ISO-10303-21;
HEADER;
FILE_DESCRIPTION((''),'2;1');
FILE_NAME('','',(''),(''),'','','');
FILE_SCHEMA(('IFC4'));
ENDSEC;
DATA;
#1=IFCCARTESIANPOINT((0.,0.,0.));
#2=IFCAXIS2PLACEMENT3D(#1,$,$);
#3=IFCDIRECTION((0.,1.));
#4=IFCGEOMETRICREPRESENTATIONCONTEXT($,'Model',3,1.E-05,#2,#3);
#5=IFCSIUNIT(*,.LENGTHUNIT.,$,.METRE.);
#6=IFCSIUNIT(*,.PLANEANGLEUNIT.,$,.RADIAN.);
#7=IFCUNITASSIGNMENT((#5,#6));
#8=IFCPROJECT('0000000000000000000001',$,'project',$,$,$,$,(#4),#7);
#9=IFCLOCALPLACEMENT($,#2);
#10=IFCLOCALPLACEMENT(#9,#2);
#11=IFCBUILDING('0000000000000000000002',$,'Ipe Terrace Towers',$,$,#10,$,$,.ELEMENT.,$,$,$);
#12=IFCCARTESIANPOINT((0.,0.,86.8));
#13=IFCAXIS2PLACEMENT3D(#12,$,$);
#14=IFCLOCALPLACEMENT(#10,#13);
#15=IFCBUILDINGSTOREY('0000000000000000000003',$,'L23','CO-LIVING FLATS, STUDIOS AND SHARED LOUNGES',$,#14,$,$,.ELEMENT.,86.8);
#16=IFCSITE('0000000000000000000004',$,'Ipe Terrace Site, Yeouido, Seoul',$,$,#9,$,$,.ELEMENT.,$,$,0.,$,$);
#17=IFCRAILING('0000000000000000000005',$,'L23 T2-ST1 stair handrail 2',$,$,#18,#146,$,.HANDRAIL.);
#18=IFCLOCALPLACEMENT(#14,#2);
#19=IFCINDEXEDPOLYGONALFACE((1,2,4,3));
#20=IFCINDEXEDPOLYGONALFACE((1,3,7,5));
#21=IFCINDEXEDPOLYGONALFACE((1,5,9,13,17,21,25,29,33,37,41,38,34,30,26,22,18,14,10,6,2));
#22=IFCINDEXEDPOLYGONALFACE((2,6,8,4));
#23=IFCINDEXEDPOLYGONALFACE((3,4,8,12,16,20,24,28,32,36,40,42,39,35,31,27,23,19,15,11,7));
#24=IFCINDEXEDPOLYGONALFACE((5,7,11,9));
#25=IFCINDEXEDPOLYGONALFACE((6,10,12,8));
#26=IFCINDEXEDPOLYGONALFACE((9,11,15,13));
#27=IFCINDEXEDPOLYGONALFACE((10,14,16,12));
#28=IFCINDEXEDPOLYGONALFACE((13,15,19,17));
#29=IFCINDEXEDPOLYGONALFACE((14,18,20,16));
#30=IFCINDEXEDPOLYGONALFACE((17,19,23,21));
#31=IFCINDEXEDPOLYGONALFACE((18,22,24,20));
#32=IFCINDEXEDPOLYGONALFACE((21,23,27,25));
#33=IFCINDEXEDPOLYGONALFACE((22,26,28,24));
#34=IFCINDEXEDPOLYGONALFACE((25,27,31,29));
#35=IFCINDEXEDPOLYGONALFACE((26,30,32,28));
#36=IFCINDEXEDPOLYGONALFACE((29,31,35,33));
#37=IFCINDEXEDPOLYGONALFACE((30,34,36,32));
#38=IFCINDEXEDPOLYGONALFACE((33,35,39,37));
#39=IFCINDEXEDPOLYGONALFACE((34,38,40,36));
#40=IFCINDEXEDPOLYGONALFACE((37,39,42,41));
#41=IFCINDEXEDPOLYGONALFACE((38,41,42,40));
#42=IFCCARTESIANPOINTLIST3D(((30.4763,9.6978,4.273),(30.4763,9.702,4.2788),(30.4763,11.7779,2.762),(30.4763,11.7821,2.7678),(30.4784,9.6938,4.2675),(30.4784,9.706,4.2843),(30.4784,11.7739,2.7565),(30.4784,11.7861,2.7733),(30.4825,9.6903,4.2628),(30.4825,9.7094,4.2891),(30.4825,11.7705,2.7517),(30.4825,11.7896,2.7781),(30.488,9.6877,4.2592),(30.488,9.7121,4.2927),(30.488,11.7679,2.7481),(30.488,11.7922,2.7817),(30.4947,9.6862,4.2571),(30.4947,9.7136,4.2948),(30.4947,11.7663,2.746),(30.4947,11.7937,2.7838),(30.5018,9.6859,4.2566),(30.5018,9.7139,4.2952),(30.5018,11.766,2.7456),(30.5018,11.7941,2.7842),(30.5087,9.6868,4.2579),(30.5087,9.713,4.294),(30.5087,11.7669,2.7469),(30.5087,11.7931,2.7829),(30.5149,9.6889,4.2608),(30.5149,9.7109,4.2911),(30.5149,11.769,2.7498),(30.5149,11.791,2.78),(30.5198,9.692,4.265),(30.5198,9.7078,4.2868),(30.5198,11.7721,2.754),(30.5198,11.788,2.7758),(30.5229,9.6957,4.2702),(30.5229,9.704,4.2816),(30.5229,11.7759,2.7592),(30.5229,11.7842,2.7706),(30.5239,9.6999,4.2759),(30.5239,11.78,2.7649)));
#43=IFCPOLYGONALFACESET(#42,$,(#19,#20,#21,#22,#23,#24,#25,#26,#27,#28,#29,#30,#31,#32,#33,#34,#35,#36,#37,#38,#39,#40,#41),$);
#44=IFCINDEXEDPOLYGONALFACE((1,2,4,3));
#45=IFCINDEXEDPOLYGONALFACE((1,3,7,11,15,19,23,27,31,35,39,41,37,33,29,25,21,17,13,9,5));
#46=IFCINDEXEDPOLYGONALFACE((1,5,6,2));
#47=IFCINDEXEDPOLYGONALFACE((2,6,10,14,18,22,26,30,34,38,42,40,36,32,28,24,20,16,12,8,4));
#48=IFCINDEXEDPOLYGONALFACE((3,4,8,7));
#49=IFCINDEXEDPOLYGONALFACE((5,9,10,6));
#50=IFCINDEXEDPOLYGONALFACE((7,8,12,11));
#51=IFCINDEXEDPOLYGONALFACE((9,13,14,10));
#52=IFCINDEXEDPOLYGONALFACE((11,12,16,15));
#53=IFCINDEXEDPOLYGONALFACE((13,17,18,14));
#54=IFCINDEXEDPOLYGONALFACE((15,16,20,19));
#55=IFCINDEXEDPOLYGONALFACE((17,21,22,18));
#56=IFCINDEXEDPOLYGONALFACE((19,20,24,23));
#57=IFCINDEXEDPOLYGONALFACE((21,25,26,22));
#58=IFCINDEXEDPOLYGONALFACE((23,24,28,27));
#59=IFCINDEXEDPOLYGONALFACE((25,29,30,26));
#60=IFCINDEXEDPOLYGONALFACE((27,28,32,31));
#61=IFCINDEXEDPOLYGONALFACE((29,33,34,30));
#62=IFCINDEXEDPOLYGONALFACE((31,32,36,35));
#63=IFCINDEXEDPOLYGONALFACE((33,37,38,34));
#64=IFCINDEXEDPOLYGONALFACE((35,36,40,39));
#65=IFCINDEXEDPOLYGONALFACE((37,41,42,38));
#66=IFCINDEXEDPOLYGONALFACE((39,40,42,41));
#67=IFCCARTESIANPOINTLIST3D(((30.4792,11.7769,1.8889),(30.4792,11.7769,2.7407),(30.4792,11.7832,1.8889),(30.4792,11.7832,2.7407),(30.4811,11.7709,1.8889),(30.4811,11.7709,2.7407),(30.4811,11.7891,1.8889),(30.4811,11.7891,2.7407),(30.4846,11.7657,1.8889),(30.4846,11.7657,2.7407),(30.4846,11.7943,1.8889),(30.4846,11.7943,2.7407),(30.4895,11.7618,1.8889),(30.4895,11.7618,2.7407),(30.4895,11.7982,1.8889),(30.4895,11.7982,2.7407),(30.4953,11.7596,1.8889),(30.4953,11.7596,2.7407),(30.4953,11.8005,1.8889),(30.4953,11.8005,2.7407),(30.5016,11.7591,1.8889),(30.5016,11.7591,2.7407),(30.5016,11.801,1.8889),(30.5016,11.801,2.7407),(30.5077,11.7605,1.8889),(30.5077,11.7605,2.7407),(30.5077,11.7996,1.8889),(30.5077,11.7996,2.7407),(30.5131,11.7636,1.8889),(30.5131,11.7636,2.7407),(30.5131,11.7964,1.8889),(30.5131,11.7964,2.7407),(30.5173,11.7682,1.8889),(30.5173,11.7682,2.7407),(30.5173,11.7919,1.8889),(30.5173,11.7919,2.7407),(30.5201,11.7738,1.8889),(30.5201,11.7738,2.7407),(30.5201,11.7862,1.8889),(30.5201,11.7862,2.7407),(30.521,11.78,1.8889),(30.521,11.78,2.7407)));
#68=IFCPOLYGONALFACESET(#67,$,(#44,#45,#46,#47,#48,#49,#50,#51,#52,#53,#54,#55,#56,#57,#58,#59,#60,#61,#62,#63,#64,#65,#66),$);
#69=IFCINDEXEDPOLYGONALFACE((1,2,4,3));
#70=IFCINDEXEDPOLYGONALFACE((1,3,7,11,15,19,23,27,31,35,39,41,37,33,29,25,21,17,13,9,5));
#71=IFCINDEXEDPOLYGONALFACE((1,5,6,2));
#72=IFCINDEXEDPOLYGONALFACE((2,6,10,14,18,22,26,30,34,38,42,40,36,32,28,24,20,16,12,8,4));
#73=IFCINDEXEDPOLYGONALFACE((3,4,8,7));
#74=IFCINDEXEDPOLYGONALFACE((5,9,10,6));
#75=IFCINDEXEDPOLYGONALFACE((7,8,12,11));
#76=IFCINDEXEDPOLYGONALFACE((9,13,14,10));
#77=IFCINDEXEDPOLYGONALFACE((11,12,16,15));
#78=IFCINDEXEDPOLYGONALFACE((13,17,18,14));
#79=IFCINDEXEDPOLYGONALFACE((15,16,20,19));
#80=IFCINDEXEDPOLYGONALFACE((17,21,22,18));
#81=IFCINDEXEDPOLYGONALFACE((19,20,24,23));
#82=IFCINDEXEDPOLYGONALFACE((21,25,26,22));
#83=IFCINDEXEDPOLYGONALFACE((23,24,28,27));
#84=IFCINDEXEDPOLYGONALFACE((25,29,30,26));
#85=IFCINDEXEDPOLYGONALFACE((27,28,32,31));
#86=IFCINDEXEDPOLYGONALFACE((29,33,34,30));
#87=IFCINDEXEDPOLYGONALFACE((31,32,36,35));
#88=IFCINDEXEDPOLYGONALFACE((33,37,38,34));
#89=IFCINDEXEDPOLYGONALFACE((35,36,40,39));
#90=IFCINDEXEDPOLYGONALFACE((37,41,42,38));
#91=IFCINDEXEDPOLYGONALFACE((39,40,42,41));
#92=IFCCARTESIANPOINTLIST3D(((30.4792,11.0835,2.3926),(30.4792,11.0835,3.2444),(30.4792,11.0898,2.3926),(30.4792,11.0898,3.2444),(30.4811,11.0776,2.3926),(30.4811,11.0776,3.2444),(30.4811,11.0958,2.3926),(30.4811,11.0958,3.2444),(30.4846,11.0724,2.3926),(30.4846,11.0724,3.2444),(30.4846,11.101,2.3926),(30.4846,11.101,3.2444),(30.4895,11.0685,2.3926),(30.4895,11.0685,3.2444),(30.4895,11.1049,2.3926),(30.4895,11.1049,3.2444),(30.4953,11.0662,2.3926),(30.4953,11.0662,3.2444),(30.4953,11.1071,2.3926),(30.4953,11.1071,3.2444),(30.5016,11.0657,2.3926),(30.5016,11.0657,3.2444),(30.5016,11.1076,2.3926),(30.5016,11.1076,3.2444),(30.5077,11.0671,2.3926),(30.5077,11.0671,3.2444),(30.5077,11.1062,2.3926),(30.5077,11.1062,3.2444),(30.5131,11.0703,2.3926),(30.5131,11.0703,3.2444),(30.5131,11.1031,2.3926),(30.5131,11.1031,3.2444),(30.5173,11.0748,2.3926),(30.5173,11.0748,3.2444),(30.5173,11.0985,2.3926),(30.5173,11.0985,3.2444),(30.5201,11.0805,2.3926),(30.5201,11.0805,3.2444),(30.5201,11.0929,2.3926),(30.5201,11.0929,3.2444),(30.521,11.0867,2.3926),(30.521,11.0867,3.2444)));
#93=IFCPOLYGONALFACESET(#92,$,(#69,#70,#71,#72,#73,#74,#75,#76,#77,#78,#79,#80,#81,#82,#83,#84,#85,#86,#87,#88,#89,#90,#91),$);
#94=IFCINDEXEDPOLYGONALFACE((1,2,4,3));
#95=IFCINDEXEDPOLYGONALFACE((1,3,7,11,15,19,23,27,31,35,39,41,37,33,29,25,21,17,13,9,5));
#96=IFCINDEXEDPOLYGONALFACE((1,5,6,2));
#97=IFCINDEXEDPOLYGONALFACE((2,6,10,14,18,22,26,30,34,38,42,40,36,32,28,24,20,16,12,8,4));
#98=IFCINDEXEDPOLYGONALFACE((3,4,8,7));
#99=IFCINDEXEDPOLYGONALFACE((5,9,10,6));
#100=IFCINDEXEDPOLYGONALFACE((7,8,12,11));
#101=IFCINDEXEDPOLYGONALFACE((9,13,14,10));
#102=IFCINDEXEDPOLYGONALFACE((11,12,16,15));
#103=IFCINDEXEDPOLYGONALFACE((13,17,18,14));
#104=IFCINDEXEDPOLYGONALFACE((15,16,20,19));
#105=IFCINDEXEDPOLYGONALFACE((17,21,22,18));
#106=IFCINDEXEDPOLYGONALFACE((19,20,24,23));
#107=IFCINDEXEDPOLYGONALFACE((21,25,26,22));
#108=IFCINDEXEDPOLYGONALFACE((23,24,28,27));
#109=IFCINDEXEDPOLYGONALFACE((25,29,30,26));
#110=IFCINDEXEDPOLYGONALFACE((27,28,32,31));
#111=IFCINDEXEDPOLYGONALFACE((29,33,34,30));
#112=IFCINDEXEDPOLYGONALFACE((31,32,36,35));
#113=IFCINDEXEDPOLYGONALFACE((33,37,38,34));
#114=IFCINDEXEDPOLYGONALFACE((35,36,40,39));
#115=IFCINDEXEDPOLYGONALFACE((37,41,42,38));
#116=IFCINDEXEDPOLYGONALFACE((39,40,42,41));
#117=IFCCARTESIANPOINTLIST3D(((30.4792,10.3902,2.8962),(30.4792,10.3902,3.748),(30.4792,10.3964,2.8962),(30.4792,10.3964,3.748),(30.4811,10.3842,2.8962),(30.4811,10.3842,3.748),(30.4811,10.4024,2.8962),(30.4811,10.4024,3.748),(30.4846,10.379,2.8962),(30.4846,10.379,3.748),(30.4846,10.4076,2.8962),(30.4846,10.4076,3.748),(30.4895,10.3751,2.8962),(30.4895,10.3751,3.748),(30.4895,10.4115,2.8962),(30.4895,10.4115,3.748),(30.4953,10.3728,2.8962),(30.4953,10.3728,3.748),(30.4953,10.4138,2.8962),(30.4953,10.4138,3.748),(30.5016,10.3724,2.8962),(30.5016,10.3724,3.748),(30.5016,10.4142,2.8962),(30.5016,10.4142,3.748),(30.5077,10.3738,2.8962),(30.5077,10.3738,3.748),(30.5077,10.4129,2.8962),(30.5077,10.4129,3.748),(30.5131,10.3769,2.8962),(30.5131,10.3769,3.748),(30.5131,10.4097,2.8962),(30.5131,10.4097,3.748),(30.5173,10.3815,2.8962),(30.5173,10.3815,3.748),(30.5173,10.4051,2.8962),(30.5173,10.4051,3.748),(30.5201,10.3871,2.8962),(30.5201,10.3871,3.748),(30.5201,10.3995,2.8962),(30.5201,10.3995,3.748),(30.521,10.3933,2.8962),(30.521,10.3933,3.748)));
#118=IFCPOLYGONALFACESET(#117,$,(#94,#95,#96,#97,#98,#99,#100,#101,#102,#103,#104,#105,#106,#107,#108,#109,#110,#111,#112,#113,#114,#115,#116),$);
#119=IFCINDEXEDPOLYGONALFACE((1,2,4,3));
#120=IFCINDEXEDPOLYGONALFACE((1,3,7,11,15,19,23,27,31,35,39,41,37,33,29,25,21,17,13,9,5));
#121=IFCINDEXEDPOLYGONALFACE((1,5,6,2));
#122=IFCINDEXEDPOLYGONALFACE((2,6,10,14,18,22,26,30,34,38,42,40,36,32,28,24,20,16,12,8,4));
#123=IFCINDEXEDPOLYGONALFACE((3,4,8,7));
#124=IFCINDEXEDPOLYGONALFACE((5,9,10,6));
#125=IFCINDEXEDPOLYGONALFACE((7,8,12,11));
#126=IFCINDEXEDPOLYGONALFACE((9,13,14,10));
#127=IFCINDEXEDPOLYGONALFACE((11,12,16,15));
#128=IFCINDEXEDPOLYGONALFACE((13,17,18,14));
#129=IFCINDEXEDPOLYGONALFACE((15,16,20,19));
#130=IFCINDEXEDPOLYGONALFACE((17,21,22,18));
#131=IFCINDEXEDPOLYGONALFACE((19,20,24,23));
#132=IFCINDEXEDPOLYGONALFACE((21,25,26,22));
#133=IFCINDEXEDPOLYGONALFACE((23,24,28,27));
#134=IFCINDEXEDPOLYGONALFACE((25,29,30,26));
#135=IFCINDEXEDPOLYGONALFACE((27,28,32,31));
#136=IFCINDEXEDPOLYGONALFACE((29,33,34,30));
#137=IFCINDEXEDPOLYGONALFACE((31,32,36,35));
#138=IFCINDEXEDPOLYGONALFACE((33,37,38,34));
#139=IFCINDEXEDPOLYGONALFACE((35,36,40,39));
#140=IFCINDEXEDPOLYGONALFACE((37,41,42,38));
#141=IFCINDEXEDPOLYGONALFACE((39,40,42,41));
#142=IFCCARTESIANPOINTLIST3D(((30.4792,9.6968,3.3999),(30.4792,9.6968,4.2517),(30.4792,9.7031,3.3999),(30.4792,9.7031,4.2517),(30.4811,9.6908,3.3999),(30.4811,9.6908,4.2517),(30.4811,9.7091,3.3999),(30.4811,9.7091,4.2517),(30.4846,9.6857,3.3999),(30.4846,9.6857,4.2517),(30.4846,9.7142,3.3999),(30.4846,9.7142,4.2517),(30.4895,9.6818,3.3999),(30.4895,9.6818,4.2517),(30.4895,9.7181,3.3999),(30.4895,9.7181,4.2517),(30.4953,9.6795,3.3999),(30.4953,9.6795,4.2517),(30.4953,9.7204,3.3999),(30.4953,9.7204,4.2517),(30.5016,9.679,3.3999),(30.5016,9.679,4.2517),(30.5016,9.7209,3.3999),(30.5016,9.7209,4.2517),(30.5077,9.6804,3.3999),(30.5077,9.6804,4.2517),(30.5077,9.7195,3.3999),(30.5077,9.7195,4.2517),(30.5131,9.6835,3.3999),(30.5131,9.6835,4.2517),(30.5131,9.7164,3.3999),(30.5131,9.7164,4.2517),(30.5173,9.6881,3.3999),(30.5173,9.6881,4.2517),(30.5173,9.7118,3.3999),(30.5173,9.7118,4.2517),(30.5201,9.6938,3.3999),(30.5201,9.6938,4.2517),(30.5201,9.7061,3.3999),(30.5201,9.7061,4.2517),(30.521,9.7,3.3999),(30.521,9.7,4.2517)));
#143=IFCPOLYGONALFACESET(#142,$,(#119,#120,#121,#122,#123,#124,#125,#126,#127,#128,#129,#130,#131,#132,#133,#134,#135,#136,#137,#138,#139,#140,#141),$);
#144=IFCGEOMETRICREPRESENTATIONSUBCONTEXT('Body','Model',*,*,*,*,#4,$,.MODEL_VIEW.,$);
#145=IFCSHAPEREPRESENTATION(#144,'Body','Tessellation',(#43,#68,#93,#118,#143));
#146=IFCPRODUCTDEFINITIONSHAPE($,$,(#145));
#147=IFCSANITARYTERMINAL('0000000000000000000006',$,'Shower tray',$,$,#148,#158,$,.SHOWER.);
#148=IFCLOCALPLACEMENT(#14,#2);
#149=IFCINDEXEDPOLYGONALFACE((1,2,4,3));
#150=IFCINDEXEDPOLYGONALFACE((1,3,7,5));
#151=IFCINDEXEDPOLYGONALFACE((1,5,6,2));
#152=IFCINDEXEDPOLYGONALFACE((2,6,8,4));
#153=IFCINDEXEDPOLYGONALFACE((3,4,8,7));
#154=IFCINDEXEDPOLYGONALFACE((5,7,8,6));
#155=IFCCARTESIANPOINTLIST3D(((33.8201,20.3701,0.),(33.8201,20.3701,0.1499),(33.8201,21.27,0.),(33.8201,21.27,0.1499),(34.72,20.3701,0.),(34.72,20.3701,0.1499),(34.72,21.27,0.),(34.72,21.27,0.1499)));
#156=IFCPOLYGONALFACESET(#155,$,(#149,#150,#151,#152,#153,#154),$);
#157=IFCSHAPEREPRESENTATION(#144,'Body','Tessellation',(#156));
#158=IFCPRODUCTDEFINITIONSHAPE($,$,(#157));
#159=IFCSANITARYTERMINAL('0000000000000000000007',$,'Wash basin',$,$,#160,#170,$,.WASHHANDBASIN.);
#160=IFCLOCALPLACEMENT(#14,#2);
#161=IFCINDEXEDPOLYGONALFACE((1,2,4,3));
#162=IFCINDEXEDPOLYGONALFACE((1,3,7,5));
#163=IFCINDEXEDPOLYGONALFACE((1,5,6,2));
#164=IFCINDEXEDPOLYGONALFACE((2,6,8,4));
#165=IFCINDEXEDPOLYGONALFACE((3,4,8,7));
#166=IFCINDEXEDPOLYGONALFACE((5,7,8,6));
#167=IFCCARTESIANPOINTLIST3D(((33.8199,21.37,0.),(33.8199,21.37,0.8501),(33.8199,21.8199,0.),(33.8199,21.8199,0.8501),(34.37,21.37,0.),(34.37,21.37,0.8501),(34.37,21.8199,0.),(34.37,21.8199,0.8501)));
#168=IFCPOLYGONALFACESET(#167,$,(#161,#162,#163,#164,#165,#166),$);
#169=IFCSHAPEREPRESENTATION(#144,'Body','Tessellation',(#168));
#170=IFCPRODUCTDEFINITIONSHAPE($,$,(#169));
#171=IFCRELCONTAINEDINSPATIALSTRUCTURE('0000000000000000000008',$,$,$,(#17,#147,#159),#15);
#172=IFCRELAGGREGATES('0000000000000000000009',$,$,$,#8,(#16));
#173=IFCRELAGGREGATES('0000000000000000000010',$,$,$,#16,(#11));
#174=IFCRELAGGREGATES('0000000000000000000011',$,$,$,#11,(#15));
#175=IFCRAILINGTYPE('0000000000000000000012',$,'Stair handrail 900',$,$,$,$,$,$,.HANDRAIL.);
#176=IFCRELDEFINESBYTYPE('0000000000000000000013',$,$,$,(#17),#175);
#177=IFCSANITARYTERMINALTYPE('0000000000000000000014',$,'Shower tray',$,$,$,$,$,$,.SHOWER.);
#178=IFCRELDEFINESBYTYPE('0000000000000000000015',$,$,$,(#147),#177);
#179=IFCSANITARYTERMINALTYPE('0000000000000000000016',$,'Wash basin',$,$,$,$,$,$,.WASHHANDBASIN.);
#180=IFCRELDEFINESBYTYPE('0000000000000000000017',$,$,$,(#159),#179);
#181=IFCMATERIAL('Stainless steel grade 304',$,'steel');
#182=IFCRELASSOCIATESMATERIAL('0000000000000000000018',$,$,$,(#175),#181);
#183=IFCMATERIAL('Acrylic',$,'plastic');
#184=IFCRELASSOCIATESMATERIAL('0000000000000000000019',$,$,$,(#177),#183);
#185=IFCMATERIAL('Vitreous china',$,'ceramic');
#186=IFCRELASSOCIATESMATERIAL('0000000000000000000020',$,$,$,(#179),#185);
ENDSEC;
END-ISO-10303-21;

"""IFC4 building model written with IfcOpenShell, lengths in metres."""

from ifc_helpers import new_model, si_unit, direction, frame, origin, origin_2d, place, context, subcontext, project, spatial, rectangle, circle, extrude, material, type_object, element, save


model = new_model("IFC4")

# Units and contexts
model_context = context("Model", 3, precision=1e-05, world=origin(), true_north=direction((0.0, 1.0)))
body_context = subcontext(model_context, "Body", "Model", "MODEL_VIEW")
ifc_project = project(units=[si_unit("LENGTHUNIT", "METRE"), si_unit("PLANEANGLEUNIT", "RADIAN")], contexts=[model_context])

# Site, building, storey
site_placement = place(None, origin())
site = spatial("IfcSite", under=ifc_project, at=site_placement, Name="Ipe Terrace Site, Yeouido, Seoul", CompositionType="ELEMENT", RefElevation=0.0)
building_placement = place(site_placement, origin())
building = spatial("IfcBuilding", under=site, at=building_placement, Name="Ipe Terrace Towers", CompositionType="ELEMENT")
storey_placement = place(building_placement, frame((0.0, 0.0, 86.8)))
storey = spatial("IfcBuildingStorey", under=building, at=storey_placement, Name="L23", Description="CO-LIVING FLATS, STUDIOS AND SHARED LOUNGES", CompositionType="ELEMENT", Elevation=86.8)

# Railing
ifc_material_1 = material(Name="Stainless steel grade 304", Category="steel")
railing_type_1 = type_object("IfcRailingType", Name="Stair handrail 900", PredefinedType="HANDRAIL", material=ifc_material_1)
railing_1_placement = place(storey_placement, frame((30.5, 11.78, 1.8889)))
element("IfcRailing", 1, at=railing_1_placement, inside=storey, type_object=railing_type_1, Name="L23 T2-ST1 stair handrail 2", PredefinedType="HANDRAIL", context=body_context, shape_type="SweptSolid", body=[
    extrude(circle(Radius=0.0239, at=origin_2d()), frame((0.0, 0.0, 0.876), z_axis=(0.0, -0.809069, 0.587714), x_axis=(1.0, 0.0, 0.0)), (0.0, 0.0, 1.0), 2.571),
    extrude(circle(Radius=0.021, at=origin_2d()), origin(), (0.0, 0.0, 1.0), 0.8518),
    extrude(circle(Radius=0.021, at=origin_2d()), frame((0.0, -0.6934, 0.5037)), (0.0, 0.0, 1.0), 0.8518),
    extrude(circle(Radius=0.021, at=origin_2d()), frame((0.0, -1.3867, 1.0073)), (0.0, 0.0, 1.0), 0.8518),
    extrude(circle(Radius=0.021, at=origin_2d()), frame((0.0, -2.0801, 1.511)), (0.0, 0.0, 1.0), 0.8518),
])

# Sanitary terminals
ifc_material_2 = material(Name="Acrylic", Category="plastic")
sanitary_terminal_type_1 = type_object("IfcSanitaryTerminalType", Name="Shower tray", PredefinedType="SHOWER", material=ifc_material_2)
sanitary_terminal_1_placement = place(storey_placement, frame((34.27, 20.8201, 0.0), z_axis=(0.0, 0.0, 1.0), x_axis=(1.0, 0.0, 0.0)))
element("IfcSanitaryTerminal", 2, at=sanitary_terminal_1_placement, inside=storey, type_object=sanitary_terminal_type_1, Name="Shower tray", PredefinedType="SHOWER", context=body_context, shape_type="SweptSolid", body=[
    extrude(rectangle(XDim=0.8999, YDim=0.8999, at=origin_2d()), origin(), (0.0, 0.0, 1.0), 0.1499),
])
ifc_material_3 = material(Name="Vitreous china", Category="ceramic")
sanitary_terminal_type_2 = type_object("IfcSanitaryTerminalType", Name="Wash basin", PredefinedType="WASHHANDBASIN", material=ifc_material_3)
sanitary_terminal_2_placement = place(storey_placement, frame((34.095, 21.595, 0.0), z_axis=(0.0, 0.0, 1.0), x_axis=(1.0, 0.0, 0.0)))
element("IfcSanitaryTerminal", 3, at=sanitary_terminal_2_placement, inside=storey, type_object=sanitary_terminal_type_2, Name="Wash basin", PredefinedType="WASHHANDBASIN", context=body_context, shape_type="SweptSolid", body=[
    extrude(rectangle(XDim=0.55, YDim=0.45, at=origin_2d()), origin(), (0.0, 0.0, 1.0), 0.8501),
])

save(model, "model.ifc")
